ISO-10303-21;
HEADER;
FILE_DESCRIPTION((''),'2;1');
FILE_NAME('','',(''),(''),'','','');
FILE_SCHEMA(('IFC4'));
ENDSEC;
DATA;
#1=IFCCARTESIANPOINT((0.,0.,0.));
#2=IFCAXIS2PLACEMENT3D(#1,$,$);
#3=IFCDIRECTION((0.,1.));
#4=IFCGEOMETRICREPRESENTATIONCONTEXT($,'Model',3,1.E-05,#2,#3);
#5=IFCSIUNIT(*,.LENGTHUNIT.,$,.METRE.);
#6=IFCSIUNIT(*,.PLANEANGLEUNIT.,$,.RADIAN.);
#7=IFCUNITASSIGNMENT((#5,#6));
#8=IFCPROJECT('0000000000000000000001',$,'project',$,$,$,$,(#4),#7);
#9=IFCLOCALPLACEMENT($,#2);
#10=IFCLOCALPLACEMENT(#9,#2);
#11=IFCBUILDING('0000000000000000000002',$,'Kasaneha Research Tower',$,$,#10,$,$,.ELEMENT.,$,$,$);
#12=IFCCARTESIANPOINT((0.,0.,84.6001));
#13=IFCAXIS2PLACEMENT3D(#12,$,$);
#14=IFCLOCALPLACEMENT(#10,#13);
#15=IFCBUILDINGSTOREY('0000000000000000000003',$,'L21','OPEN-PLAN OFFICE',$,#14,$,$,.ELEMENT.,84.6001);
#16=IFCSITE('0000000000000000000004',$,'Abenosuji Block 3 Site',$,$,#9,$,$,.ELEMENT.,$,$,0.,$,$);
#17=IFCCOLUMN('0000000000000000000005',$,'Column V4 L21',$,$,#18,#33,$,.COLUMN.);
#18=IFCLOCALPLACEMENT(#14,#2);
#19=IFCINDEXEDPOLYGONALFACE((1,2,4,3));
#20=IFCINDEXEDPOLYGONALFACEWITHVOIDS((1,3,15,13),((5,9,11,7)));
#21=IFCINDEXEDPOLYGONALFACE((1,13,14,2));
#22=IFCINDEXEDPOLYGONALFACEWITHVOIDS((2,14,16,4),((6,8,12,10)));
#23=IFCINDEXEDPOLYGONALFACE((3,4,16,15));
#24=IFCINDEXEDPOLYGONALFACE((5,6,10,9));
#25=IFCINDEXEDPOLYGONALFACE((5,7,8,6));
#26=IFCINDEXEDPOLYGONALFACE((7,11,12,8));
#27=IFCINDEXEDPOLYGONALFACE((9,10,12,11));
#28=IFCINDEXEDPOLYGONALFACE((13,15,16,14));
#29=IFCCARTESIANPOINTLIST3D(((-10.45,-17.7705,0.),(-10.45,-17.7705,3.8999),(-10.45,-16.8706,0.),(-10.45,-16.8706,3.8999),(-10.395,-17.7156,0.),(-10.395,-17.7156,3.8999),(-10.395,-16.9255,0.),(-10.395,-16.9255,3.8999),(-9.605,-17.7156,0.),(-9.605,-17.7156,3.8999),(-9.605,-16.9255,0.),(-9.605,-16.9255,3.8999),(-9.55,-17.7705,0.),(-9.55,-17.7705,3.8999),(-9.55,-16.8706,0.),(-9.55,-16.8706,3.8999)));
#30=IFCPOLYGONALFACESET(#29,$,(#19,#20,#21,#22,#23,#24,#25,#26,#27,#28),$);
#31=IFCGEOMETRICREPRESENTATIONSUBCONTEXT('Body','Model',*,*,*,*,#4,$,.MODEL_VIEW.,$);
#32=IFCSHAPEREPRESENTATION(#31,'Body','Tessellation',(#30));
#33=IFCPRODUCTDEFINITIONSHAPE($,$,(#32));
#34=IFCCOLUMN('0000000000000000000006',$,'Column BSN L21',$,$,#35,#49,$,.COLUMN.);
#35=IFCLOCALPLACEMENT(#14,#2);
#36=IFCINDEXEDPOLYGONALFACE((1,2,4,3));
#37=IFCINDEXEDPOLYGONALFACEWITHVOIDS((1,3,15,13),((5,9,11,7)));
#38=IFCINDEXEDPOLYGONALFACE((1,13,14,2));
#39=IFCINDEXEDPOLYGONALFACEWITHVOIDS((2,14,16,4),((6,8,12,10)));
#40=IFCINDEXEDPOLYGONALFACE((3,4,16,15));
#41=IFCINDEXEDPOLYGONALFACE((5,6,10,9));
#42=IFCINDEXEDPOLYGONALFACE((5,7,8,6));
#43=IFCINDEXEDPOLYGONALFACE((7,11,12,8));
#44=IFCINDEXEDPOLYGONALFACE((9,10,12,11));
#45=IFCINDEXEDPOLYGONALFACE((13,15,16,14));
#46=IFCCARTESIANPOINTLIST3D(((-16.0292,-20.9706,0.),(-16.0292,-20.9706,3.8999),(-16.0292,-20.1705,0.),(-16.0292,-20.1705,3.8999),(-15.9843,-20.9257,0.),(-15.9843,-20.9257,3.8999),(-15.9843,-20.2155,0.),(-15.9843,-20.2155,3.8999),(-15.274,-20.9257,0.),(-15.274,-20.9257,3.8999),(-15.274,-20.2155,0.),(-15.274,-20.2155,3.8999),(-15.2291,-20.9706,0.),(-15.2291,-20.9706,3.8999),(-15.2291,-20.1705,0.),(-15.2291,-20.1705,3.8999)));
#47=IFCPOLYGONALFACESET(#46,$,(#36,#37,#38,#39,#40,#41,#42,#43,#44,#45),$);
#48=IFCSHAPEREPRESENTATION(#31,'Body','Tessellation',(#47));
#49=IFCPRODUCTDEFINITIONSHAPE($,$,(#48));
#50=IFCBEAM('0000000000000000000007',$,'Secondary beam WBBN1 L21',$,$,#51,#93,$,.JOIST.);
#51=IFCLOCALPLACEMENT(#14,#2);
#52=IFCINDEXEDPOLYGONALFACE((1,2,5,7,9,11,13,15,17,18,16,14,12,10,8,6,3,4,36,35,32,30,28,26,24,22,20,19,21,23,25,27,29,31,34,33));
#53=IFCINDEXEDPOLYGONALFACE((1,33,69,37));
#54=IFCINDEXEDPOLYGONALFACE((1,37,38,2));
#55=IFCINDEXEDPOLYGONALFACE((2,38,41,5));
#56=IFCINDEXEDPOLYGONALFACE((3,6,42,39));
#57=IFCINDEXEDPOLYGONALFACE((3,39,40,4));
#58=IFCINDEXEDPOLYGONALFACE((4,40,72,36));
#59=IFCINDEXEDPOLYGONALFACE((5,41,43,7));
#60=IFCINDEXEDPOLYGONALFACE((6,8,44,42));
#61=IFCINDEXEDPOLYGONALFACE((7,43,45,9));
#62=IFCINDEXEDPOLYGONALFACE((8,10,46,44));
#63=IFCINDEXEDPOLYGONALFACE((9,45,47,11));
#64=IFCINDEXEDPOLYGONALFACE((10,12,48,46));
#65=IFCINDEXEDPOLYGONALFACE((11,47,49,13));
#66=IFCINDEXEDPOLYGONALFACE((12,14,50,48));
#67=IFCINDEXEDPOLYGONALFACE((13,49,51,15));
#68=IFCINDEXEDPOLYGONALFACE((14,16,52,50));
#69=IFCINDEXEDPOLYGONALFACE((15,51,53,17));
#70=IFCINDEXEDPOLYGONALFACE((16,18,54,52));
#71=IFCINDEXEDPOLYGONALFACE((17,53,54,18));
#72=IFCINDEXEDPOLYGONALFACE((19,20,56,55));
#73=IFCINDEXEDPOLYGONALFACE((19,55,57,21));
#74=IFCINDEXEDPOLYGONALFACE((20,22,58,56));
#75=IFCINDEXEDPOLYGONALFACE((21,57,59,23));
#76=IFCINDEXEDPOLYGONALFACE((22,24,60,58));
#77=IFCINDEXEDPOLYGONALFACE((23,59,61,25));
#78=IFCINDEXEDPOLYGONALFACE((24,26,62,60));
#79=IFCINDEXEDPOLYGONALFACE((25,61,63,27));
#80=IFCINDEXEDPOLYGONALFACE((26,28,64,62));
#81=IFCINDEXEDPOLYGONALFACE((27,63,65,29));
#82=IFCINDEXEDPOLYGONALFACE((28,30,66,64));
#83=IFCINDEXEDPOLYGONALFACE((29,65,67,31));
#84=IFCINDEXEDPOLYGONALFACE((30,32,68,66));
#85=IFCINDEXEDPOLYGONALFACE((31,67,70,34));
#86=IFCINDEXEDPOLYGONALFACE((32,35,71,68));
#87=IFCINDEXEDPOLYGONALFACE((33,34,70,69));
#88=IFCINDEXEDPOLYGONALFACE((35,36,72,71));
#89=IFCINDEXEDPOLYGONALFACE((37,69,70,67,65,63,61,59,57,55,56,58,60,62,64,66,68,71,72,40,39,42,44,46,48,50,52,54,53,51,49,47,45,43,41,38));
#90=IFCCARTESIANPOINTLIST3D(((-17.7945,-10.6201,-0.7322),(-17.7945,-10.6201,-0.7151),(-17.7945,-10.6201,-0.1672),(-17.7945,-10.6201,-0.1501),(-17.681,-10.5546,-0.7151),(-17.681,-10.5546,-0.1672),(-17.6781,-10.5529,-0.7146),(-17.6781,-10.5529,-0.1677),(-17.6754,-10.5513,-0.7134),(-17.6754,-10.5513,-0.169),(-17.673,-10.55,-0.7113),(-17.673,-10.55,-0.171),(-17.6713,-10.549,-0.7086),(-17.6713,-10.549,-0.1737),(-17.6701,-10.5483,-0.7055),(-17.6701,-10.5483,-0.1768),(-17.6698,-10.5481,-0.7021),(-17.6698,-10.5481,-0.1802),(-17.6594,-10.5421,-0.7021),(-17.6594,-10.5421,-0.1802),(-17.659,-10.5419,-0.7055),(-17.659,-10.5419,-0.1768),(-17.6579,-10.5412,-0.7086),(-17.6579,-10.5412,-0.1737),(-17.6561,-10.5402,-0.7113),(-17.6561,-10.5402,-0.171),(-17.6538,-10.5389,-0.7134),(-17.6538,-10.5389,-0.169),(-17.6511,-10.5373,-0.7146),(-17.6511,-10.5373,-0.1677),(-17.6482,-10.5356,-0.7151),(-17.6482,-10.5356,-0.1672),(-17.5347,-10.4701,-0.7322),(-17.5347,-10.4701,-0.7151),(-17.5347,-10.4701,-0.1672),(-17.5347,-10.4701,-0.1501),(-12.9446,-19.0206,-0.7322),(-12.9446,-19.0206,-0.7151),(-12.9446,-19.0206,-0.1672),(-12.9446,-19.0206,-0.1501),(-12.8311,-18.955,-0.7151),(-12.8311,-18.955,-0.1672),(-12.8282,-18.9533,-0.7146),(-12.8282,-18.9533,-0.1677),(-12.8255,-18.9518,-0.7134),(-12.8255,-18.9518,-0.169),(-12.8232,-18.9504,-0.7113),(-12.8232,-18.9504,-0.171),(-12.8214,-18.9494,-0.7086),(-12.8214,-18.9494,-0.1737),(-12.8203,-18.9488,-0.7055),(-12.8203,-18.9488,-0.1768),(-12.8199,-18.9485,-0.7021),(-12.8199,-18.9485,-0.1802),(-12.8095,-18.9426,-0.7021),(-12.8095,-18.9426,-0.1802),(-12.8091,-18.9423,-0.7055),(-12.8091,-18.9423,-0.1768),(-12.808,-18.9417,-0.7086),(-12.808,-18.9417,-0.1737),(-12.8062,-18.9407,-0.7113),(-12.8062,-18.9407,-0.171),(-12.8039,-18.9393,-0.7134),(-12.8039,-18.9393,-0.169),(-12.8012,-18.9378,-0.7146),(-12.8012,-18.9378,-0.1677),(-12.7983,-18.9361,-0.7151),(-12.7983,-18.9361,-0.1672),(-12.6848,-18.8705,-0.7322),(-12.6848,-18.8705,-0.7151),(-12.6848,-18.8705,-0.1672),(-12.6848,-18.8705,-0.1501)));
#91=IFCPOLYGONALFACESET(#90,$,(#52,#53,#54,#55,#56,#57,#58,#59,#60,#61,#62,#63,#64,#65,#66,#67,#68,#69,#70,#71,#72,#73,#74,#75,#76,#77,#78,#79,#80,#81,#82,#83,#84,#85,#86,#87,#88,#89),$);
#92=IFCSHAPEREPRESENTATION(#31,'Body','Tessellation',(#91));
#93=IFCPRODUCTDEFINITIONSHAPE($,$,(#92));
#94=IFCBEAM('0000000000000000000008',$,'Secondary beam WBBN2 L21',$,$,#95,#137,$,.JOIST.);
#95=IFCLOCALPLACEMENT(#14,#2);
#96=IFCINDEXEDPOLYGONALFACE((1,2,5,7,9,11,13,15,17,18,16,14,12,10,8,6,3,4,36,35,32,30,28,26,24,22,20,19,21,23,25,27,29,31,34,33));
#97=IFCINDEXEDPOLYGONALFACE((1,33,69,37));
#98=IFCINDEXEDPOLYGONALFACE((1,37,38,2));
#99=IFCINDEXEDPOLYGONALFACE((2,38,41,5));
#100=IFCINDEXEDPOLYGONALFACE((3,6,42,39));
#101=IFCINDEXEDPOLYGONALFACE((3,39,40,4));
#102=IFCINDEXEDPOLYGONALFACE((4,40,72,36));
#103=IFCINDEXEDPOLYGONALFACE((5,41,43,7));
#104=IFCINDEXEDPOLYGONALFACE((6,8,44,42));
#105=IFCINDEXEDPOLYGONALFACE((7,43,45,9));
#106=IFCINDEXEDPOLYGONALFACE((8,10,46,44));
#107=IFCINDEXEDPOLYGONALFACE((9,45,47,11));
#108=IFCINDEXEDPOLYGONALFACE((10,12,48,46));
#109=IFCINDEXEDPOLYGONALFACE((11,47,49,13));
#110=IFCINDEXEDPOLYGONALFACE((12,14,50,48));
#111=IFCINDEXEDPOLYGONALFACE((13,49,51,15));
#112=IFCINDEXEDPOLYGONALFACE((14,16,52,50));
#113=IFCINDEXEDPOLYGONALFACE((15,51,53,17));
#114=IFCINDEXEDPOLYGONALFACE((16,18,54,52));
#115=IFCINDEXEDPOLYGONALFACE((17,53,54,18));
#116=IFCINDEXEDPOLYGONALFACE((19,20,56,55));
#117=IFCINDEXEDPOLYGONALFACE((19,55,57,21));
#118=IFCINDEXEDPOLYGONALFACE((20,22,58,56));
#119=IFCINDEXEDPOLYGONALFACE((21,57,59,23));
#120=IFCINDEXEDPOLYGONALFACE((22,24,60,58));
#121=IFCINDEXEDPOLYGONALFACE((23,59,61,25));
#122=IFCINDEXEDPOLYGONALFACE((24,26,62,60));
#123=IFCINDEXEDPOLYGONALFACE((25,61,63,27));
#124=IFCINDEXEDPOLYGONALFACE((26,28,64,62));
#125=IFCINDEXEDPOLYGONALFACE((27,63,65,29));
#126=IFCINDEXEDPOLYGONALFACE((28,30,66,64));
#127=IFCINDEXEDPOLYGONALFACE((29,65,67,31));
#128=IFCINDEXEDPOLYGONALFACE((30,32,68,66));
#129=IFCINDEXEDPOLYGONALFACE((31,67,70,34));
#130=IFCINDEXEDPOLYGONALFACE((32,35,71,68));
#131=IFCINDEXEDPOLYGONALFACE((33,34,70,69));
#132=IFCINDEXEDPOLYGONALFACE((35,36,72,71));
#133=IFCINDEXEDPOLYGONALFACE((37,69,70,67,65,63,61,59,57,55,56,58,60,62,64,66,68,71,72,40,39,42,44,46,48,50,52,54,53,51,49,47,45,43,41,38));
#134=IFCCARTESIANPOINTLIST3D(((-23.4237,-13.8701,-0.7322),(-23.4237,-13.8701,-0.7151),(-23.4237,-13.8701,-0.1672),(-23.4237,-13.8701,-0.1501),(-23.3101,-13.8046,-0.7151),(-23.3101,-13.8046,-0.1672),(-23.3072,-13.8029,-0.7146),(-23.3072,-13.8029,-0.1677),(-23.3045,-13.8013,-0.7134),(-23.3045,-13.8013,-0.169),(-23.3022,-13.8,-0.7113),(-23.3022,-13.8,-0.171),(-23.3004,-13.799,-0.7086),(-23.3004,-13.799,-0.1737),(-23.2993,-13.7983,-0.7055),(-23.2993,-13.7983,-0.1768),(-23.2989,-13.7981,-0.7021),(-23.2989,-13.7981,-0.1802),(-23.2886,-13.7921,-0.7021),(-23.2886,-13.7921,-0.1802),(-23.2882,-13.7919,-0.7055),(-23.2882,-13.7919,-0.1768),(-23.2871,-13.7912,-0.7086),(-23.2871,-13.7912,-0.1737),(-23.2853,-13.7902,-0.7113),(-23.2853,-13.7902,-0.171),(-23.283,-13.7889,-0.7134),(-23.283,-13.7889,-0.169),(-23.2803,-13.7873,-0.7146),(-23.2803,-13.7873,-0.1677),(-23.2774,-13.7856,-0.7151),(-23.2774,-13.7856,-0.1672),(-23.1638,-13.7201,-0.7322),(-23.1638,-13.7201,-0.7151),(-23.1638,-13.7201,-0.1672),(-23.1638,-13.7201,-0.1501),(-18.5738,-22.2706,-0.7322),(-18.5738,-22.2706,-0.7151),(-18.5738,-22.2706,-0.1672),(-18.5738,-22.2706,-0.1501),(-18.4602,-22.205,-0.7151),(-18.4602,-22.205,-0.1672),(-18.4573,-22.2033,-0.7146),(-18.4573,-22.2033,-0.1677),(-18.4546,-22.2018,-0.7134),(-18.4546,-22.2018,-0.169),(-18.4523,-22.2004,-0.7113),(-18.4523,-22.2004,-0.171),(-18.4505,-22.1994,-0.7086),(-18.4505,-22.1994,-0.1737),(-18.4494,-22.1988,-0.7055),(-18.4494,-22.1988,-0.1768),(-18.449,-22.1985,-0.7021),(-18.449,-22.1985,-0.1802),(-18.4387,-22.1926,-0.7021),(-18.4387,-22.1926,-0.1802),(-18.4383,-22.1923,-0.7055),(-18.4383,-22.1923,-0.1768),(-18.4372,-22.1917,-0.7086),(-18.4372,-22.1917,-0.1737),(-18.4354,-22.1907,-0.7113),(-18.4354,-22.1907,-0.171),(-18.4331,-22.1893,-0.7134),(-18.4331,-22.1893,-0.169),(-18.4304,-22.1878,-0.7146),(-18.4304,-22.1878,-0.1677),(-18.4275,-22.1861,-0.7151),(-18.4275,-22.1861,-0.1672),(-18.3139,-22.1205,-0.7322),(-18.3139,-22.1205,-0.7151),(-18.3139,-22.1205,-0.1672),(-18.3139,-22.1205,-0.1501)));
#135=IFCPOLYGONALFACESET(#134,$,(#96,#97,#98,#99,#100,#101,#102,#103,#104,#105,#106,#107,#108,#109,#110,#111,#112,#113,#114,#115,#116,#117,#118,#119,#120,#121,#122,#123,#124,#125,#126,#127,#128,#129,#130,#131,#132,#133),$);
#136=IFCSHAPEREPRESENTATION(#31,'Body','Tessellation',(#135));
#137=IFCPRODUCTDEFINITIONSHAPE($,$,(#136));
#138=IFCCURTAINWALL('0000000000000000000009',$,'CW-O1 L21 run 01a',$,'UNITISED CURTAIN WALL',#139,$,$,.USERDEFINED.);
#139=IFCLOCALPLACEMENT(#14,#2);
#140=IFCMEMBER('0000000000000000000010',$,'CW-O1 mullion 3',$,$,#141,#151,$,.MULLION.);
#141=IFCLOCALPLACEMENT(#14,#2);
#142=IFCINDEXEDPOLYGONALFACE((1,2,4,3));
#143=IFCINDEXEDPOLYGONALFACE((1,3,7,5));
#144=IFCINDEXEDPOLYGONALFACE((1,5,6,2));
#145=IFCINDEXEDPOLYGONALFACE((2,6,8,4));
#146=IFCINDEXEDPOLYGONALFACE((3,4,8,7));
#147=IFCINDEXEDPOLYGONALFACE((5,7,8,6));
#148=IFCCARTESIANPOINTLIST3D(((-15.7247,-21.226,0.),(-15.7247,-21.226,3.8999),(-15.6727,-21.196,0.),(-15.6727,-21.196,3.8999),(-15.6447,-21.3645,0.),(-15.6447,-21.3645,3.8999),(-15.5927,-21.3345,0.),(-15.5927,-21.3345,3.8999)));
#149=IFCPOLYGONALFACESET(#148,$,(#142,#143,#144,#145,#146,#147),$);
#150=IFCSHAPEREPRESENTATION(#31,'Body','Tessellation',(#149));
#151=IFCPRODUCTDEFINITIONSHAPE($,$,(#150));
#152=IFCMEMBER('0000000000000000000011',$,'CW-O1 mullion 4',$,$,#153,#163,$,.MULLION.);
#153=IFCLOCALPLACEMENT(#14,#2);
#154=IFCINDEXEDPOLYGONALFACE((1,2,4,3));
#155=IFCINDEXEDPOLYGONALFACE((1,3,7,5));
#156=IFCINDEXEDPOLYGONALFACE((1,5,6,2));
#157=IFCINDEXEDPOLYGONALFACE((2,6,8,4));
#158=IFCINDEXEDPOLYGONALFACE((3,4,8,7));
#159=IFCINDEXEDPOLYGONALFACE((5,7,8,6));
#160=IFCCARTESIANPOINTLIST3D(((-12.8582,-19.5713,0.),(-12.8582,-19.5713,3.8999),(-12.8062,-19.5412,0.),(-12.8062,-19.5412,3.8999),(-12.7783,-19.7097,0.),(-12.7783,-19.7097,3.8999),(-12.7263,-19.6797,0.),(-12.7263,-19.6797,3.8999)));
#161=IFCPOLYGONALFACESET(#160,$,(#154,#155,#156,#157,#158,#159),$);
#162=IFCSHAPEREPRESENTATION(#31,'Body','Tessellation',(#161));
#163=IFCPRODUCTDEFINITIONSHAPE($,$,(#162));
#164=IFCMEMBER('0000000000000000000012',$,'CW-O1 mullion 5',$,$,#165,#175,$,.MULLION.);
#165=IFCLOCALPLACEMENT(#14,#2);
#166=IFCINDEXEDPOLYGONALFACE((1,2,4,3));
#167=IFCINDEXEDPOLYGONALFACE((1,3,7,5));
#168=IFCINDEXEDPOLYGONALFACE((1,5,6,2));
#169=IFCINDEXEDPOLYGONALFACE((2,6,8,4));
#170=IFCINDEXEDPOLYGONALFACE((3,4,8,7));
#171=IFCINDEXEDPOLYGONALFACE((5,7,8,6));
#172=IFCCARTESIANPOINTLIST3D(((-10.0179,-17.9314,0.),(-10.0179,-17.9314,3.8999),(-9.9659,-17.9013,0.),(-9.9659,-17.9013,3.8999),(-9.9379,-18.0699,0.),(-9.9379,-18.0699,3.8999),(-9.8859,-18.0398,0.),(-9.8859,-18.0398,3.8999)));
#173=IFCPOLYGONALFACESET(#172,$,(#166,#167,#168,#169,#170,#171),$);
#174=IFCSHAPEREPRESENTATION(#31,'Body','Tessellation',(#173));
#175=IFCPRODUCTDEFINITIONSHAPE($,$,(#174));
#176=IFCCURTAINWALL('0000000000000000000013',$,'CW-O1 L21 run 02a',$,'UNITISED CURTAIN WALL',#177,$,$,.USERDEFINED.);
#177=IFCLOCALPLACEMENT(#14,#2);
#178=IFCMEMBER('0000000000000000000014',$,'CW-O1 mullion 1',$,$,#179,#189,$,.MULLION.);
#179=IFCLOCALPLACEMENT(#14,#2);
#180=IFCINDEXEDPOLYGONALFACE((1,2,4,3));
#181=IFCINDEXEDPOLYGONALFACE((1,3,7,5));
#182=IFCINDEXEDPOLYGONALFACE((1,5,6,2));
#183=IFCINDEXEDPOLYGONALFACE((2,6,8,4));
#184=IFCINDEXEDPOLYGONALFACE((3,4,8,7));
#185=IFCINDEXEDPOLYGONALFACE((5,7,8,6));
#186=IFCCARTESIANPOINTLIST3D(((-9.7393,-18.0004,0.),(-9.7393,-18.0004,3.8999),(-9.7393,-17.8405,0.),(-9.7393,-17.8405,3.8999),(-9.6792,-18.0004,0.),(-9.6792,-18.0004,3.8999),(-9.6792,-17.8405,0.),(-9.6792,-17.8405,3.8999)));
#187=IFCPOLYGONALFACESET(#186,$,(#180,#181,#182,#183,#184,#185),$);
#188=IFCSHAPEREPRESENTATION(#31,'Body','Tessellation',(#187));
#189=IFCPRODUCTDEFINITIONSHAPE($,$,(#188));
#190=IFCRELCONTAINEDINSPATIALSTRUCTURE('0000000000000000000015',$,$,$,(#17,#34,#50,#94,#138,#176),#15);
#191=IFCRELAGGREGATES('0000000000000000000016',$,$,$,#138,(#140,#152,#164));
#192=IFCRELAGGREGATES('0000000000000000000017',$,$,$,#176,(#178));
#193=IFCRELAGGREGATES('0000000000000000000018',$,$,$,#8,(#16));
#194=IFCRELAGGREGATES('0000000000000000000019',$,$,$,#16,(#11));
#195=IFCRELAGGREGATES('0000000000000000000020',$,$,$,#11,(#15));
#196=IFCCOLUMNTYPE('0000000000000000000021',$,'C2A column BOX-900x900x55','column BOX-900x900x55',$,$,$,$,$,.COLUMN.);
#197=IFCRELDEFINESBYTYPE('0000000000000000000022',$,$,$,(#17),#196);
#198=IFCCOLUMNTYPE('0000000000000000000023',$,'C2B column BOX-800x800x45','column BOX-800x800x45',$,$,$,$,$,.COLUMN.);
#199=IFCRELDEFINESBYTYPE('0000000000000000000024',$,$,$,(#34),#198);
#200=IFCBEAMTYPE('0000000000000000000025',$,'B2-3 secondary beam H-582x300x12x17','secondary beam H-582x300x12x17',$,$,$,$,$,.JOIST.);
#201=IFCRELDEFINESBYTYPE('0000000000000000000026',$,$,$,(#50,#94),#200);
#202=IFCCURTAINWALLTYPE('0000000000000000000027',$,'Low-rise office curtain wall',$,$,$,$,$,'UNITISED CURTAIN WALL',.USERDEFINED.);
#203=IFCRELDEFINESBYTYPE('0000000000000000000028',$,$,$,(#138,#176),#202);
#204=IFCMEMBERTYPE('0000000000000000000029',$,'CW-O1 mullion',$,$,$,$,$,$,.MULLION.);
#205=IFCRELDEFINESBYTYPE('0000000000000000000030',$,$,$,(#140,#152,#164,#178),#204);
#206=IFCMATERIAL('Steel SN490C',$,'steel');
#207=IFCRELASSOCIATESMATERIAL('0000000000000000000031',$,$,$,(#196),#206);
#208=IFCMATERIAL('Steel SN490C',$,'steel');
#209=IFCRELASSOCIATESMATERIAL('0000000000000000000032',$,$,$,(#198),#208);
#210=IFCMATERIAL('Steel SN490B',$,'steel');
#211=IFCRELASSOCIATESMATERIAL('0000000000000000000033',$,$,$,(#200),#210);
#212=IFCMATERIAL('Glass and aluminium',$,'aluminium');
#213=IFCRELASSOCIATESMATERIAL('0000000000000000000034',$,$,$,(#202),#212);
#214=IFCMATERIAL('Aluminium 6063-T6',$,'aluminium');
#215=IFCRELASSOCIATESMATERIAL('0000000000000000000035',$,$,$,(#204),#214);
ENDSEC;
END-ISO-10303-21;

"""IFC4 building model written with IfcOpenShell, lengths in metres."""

from ifc_helpers import new_model, si_unit, direction, frame, origin, origin_2d, place, context, subcontext, project, spatial, rectangle, hollow_rectangle, i_section, extrude, material, material_profile, profile_set, type_object, element, aggregate, save


model = new_model("IFC4")

# Units and contexts
model_context = context("Model", 3, precision=1e-05, world=origin(), true_north=direction((0.0, 1.0)))
body_context = subcontext(model_context, "Body", "Model", "MODEL_VIEW")
ifc_project = project(units=[si_unit("LENGTHUNIT", "METRE"), si_unit("PLANEANGLEUNIT", "RADIAN")], contexts=[model_context])

# Site, building, storey
site_placement = place(None, origin())
site = spatial("IfcSite", under=ifc_project, at=site_placement, Name="Abenosuji Block 3 Site", CompositionType="ELEMENT", RefElevation=0.0)
building_placement = place(site_placement, origin())
building = spatial("IfcBuilding", under=site, at=building_placement, Name="Kasaneha Research Tower", CompositionType="ELEMENT")
storey_placement = place(building_placement, frame((0.0, 0.0, 84.6001)))
storey = spatial("IfcBuildingStorey", under=building, at=storey_placement, Name="L21", Description="OPEN-PLAN OFFICE", CompositionType="ELEMENT", Elevation=84.6001)

# Columns
ifc_material_1 = material(Name="Steel SN490C", Category="steel")
ifc_material_profile_1 = material_profile(ifc_material_1, hollow_rectangle(XDim=0.8999, YDim=0.8999, WallThickness=0.0549, at=origin_2d()), Name="BOX-900x900x55")
ifc_profile_set_1 = profile_set([ifc_material_profile_1], Name="Steel SN490C")
column_type_1 = type_object("IfcColumnType", Name="C2A column BOX-900x900x55", Description="column BOX-900x900x55", PredefinedType="COLUMN", material=ifc_profile_set_1)
column_1_placement = place(storey_placement, frame((-10.0, -17.3206, 0.0), z_axis=(0.0, 0.0, 1.0), x_axis=(1.0, 0.0, 0.0)))
element("IfcColumn", 1, at=column_1_placement, inside=storey, type_object=column_type_1, Name="Column V4 L21", PredefinedType="COLUMN", context=body_context, shape_type="SweptSolid", body=[
    extrude(hollow_rectangle(XDim=0.8999, YDim=0.8999, WallThickness=0.0549, at=origin_2d()), origin(), (0.0, 0.0, 1.0), 3.8999),
])
ifc_material_2 = material(Name="Steel SN490C", Category="steel")
ifc_material_profile_2 = material_profile(ifc_material_2, hollow_rectangle(XDim=0.8, YDim=0.8, WallThickness=0.0449, at=origin_2d()), Name="BOX-800x800x45")
ifc_profile_set_2 = profile_set([ifc_material_profile_2], Name="Steel SN490C")
column_type_2 = type_object("IfcColumnType", Name="C2B column BOX-800x800x45", Description="column BOX-800x800x45", PredefinedType="COLUMN", material=ifc_profile_set_2)
column_2_placement = place(storey_placement, frame((-15.6292, -20.5706, 0.0), z_axis=(0.0, 0.0, 1.0), x_axis=(1.0, 0.0, 0.0)))
element("IfcColumn", 2, at=column_2_placement, inside=storey, type_object=column_type_2, Name="Column BSN L21", PredefinedType="COLUMN", context=body_context, shape_type="SweptSolid", body=[
    extrude(hollow_rectangle(XDim=0.8, YDim=0.8, WallThickness=0.0449, at=origin_2d()), origin(), (0.0, 0.0, 1.0), 3.8999),
])

# Beams
ifc_material_3 = material(Name="Steel SN490B", Category="steel")
ifc_material_profile_3 = material_profile(ifc_material_3, i_section(OverallWidth=0.3, OverallDepth=0.582, WebThickness=0.012, FlangeThickness=0.0171, FilletRadius=0.0129, at=origin_2d()), Name="H-582x300x12x17")
ifc_profile_set_3 = profile_set([ifc_material_profile_3], Name="Steel SN490B")
beam_type_1 = type_object("IfcBeamType", Name="B2-3 secondary beam H-582x300x12x17", Description="secondary beam H-582x300x12x17", PredefinedType="JOIST", material=ifc_profile_set_3)
for number, where, z_axis, x_axis, name in (
    (3, (-12.8147, -18.9456, -0.4412), (-0.499991, 0.866031, 0.0), (-0.866031, -0.499991, 0.0), "Secondary beam WBBN1 L21"),
    (4, (-18.4438, -22.1956, -0.4412), (-0.499991, 0.866031, 0.0), (-0.866031, -0.499991, 0.0), "Secondary beam WBBN2 L21"),
):
    element("IfcBeam", number, at=place(storey_placement, frame(where, z_axis=z_axis, x_axis=x_axis)), inside=storey, type_object=beam_type_1, Name=name, PredefinedType="JOIST", context=body_context, shape_type="SweptSolid", body=[
        extrude(i_section(OverallWidth=0.3, OverallDepth=0.582, WebThickness=0.012, FlangeThickness=0.0171, FilletRadius=0.0129, at=origin_2d()), origin(), (0.0, 0.0, 1.0), 9.7),
    ])

# Curtain walls, members
ifc_material_4 = material(Name="Glass and aluminium", Category="aluminium")
curtain_wall_type = type_object("IfcCurtainWallType", Name="Low-rise office curtain wall", ElementType="UNITISED CURTAIN WALL", PredefinedType="USERDEFINED", material=ifc_material_4)
curtain_wall_1_placement = place(storey_placement, origin())
curtain_wall_1 = element("IfcCurtainWall", 5, at=curtain_wall_1_placement, inside=storey, type_object=curtain_wall_type, Name="CW-O1 L21 run 01a", ObjectType="UNITISED CURTAIN WALL", PredefinedType="USERDEFINED")
ifc_material_5 = material(Name="Aluminium 6063-T6", Category="aluminium")
ifc_material_profile_4 = material_profile(ifc_material_5, rectangle(XDim=0.0601, YDim=0.1599, at=origin_2d()), Name="CW-O1 mullion 60x160")
ifc_profile_set_4 = profile_set([ifc_material_profile_4], Name="Aluminium 6063-T6")
member_type_1 = type_object("IfcMemberType", Name="CW-O1 mullion", PredefinedType="MULLION", material=ifc_profile_set_4)
member_1_placement = place(storey_placement, frame((-15.6587, -21.2803, 0.0), z_axis=(0.0, 0.0, 1.0), x_axis=(0.866025, 0.5, 0.0)))
member_1 = element("IfcMember", 6, at=member_1_placement, type_object=member_type_1, Name="CW-O1 mullion 3", PredefinedType="MULLION", context=body_context, shape_type="SweptSolid", body=[
    extrude(rectangle(XDim=0.0601, YDim=0.1599, at=origin_2d()), origin(), (0.0, 0.0, 1.0), 3.8999),
])
member_2_placement = place(storey_placement, frame((-12.7922, -19.6255, 0.0), z_axis=(0.0, 0.0, 1.0), x_axis=(0.866025, 0.5, 0.0)))
member_2 = element("IfcMember", 7, at=member_2_placement, type_object=member_type_1, Name="CW-O1 mullion 4", PredefinedType="MULLION", context=body_context, shape_type="SweptSolid", body=[
    extrude(rectangle(XDim=0.0601, YDim=0.1599, at=origin_2d()), origin(), (0.0, 0.0, 1.0), 3.8999),
])
member_3_placement = place(storey_placement, frame((-9.9519, -17.9856, 0.0), z_axis=(0.0, 0.0, 1.0), x_axis=(0.866025, 0.5, 0.0)))
member_3 = element("IfcMember", 8, at=member_3_placement, type_object=member_type_1, Name="CW-O1 mullion 5", PredefinedType="MULLION", context=body_context, shape_type="SweptSolid", body=[
    extrude(rectangle(XDim=0.0601, YDim=0.1599, at=origin_2d()), origin(), (0.0, 0.0, 1.0), 3.8999),
])
curtain_wall_2_placement = place(storey_placement, origin())
curtain_wall_2 = element("IfcCurtainWall", 9, at=curtain_wall_2_placement, inside=storey, type_object=curtain_wall_type, Name="CW-O1 L21 run 02a", ObjectType="UNITISED CURTAIN WALL", PredefinedType="USERDEFINED")
member_4_placement = place(storey_placement, frame((-9.7092, -17.9204, 0.0), z_axis=(0.0, 0.0, 1.0), x_axis=(1.0, 0.0, 0.0)))
member_4 = element("IfcMember", 10, at=member_4_placement, type_object=member_type_1, Name="CW-O1 mullion 1", PredefinedType="MULLION", context=body_context, shape_type="SweptSolid", body=[
    extrude(rectangle(XDim=0.0601, YDim=0.1599, at=origin_2d()), origin(), (0.0, 0.0, 1.0), 3.8999),
])

aggregate(curtain_wall_1, [member_1, member_2, member_3])
aggregate(curtain_wall_2, [member_4])

save(model, "model.ifc")
